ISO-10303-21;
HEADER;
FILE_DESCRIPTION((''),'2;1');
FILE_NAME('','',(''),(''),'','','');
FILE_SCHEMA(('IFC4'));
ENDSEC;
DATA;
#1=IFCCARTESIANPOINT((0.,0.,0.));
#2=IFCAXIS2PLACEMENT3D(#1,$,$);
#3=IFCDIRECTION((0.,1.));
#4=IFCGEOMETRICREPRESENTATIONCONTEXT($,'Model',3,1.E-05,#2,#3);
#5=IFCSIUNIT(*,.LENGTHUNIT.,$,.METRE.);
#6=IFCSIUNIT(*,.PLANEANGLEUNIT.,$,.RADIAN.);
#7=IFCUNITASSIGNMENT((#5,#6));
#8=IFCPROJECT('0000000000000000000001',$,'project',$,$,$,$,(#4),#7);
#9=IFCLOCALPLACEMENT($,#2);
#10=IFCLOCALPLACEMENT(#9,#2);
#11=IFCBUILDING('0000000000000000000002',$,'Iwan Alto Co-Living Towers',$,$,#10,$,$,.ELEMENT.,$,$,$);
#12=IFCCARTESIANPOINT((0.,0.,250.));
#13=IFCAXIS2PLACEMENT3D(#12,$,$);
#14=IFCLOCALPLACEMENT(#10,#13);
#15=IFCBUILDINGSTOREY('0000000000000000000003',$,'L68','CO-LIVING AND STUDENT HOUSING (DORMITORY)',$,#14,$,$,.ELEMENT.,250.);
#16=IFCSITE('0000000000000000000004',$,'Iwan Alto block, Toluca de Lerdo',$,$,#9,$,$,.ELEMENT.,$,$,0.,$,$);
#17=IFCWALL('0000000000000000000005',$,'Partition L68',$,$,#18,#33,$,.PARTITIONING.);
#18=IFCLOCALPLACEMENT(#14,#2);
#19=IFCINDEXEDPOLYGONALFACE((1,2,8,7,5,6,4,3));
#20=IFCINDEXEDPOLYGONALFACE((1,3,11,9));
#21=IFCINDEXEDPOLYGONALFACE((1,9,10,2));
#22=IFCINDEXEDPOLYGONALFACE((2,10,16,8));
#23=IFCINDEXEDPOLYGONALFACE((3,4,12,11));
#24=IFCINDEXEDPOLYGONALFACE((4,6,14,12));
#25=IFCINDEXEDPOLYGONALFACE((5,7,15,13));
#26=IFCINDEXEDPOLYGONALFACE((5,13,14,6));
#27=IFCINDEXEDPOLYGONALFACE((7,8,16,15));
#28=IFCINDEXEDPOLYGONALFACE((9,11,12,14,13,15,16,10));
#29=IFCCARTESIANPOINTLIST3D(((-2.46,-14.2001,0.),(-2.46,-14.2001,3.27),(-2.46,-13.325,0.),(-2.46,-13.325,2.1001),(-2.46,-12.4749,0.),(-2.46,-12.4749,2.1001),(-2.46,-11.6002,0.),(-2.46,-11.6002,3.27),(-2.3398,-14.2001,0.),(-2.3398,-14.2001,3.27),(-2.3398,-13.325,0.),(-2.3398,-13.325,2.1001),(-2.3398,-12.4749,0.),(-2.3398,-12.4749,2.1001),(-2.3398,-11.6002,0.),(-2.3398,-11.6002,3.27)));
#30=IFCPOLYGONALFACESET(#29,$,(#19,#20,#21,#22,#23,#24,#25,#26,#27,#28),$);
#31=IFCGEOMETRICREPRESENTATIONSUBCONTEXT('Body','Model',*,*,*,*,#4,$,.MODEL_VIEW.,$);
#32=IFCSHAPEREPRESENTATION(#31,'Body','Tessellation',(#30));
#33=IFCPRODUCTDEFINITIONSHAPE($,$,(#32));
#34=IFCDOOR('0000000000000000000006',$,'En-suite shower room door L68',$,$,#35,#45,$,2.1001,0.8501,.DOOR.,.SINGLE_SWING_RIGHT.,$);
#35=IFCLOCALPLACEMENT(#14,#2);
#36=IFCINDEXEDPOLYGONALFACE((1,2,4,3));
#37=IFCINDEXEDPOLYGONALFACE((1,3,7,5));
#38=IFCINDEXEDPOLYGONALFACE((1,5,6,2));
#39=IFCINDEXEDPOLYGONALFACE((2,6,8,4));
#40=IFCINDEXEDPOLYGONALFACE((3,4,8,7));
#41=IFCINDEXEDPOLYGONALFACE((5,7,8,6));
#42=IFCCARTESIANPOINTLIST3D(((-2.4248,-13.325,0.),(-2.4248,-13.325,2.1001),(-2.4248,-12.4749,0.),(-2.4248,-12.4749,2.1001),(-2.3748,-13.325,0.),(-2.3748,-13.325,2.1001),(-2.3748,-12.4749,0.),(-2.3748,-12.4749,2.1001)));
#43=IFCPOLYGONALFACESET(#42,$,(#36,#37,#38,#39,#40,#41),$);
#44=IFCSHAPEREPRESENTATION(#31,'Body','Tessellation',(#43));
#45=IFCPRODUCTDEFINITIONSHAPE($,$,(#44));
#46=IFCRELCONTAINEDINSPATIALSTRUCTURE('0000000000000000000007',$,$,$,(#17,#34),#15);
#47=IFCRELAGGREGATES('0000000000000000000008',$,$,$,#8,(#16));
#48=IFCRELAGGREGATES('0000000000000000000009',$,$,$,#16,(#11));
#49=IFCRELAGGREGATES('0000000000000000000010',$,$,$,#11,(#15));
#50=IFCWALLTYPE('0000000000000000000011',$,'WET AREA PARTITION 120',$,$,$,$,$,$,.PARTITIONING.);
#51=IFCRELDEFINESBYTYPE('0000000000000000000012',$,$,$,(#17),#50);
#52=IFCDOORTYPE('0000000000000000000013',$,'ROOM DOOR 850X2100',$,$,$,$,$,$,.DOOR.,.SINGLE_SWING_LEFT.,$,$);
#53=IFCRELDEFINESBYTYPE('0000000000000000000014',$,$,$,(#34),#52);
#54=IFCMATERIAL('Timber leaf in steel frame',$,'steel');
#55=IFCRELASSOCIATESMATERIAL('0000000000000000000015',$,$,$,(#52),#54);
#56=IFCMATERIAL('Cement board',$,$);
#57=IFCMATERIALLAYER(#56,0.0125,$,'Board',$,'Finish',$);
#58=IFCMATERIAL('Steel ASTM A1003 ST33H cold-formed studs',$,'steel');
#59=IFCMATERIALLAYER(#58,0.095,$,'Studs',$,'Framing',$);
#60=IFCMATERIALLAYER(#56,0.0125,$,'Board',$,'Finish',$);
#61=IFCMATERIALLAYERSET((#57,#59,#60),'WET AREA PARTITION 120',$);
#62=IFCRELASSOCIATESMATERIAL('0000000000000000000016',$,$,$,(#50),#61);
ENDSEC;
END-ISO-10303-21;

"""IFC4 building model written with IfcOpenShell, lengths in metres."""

from ifc_helpers import new_model, si_unit, direction, frame, frame_2d, origin, place, context, subcontext, project, spatial, rectangle, extrude, material, layer, layer_set, type_object, element, fill, save


model = new_model("IFC4")

# Units and contexts
model_context = context("Model", 3, precision=1e-05, world=origin(), true_north=direction((0.0, 1.0)))
body_context = subcontext(model_context, "Body", "Model", "MODEL_VIEW")
ifc_project = project(units=[si_unit("LENGTHUNIT", "METRE"), si_unit("PLANEANGLEUNIT", "RADIAN")], contexts=[model_context])

# Site, building, storey
site_placement = place(None, origin())
site = spatial("IfcSite", under=ifc_project, at=site_placement, Name="Iwan Alto block, Toluca de Lerdo", CompositionType="ELEMENT", RefElevation=0.0)
building_placement = place(site_placement, origin())
building = spatial("IfcBuilding", under=site, at=building_placement, Name="Iwan Alto Co-Living Towers", CompositionType="ELEMENT")
storey_placement = place(building_placement, frame((0.0, 0.0, 250.0)))
storey = spatial("IfcBuildingStorey", under=building, at=storey_placement, Name="L68", Description="CO-LIVING AND STUDENT HOUSING (DORMITORY)", CompositionType="ELEMENT", Elevation=250.0)

# Shared definitions
ifc_material_1 = material(Name="Steel ASTM A1003 ST33H cold-formed studs", Category="steel")
ifc_material_2 = material(Name="Timber leaf in steel frame", Category="steel")
door_type_1 = type_object("IfcDoorType", Name="ROOM DOOR 850X2100", OperationType="SINGLE_SWING_LEFT", PredefinedType="DOOR", material=ifc_material_2)

# Wall, opening, door
ifc_material_3 = material(Name="Cement board")
ifc_layer_1 = layer(ifc_material_3, 0.0125, Name="Board", Category="Finish")
ifc_layer_2 = layer(ifc_material_1, 0.095, Name="Studs", Category="Framing")
ifc_layer_3 = layer(ifc_material_3, 0.0125, Name="Board", Category="Finish")
ifc_layer_set_1 = layer_set([ifc_layer_1, ifc_layer_2, ifc_layer_3], Name="WET AREA PARTITION 120")
wall_type_1 = type_object("IfcWallType", Name="WET AREA PARTITION 120", PredefinedType="PARTITIONING", material=ifc_layer_set_1)
wall_1_placement = place(storey_placement, frame((-2.3999, -14.2, 0.0), z_axis=(0.0, 0.0, 1.0), x_axis=(0.0, 1.0, 0.0)))
wall_1 = element("IfcWall", 1, at=wall_1_placement, inside=storey, type_object=wall_type_1, Name="Partition L68", PredefinedType="PARTITIONING", context=body_context, shape_type="SweptSolid", body=[
    extrude(rectangle(XDim=2.5999, YDim=0.1201, at=frame_2d((1.2998, 0.0))), origin(), (0.0, 0.0, 1.0), 3.27),
])
opening_1_placement = place(wall_1_placement, frame((0.875, 0.0, 0.0)))
opening_1 = element("IfcOpeningElement", 2, at=opening_1_placement, cuts=wall_1, PredefinedType="OPENING", context=body_context, shape_type="SweptSolid", body=[
    extrude(rectangle(XDim=0.8501, YDim=2.1001, at=frame_2d((0.425, 1.05))), frame((0.0, 0.0701, 0.0), z_axis=(0.0, -1.0, 0.0), x_axis=(1.0, 0.0, 0.0)), (0.0, 0.0, 1.0), 0.1401),
])
door_1_placement = place(opening_1_placement, origin())
door_1 = element("IfcDoor", 3, at=door_1_placement, inside=storey, type_object=door_type_1, Name="En-suite shower room door L68", OperationType="SINGLE_SWING_RIGHT", OverallHeight=2.1001, OverallWidth=0.8501, PredefinedType="DOOR", context=body_context, shape_type="SweptSolid", body=[
    extrude(rectangle(XDim=0.8501, YDim=2.1001, at=frame_2d((0.425, 1.05))), frame((0.0, 0.0249, 0.0), z_axis=(0.0, -1.0, 0.0), x_axis=(1.0, 0.0, 0.0)), (0.0, 0.0, 1.0), 0.05),
])
fill(opening_1, door_1)

save(model, "model.ifc")
